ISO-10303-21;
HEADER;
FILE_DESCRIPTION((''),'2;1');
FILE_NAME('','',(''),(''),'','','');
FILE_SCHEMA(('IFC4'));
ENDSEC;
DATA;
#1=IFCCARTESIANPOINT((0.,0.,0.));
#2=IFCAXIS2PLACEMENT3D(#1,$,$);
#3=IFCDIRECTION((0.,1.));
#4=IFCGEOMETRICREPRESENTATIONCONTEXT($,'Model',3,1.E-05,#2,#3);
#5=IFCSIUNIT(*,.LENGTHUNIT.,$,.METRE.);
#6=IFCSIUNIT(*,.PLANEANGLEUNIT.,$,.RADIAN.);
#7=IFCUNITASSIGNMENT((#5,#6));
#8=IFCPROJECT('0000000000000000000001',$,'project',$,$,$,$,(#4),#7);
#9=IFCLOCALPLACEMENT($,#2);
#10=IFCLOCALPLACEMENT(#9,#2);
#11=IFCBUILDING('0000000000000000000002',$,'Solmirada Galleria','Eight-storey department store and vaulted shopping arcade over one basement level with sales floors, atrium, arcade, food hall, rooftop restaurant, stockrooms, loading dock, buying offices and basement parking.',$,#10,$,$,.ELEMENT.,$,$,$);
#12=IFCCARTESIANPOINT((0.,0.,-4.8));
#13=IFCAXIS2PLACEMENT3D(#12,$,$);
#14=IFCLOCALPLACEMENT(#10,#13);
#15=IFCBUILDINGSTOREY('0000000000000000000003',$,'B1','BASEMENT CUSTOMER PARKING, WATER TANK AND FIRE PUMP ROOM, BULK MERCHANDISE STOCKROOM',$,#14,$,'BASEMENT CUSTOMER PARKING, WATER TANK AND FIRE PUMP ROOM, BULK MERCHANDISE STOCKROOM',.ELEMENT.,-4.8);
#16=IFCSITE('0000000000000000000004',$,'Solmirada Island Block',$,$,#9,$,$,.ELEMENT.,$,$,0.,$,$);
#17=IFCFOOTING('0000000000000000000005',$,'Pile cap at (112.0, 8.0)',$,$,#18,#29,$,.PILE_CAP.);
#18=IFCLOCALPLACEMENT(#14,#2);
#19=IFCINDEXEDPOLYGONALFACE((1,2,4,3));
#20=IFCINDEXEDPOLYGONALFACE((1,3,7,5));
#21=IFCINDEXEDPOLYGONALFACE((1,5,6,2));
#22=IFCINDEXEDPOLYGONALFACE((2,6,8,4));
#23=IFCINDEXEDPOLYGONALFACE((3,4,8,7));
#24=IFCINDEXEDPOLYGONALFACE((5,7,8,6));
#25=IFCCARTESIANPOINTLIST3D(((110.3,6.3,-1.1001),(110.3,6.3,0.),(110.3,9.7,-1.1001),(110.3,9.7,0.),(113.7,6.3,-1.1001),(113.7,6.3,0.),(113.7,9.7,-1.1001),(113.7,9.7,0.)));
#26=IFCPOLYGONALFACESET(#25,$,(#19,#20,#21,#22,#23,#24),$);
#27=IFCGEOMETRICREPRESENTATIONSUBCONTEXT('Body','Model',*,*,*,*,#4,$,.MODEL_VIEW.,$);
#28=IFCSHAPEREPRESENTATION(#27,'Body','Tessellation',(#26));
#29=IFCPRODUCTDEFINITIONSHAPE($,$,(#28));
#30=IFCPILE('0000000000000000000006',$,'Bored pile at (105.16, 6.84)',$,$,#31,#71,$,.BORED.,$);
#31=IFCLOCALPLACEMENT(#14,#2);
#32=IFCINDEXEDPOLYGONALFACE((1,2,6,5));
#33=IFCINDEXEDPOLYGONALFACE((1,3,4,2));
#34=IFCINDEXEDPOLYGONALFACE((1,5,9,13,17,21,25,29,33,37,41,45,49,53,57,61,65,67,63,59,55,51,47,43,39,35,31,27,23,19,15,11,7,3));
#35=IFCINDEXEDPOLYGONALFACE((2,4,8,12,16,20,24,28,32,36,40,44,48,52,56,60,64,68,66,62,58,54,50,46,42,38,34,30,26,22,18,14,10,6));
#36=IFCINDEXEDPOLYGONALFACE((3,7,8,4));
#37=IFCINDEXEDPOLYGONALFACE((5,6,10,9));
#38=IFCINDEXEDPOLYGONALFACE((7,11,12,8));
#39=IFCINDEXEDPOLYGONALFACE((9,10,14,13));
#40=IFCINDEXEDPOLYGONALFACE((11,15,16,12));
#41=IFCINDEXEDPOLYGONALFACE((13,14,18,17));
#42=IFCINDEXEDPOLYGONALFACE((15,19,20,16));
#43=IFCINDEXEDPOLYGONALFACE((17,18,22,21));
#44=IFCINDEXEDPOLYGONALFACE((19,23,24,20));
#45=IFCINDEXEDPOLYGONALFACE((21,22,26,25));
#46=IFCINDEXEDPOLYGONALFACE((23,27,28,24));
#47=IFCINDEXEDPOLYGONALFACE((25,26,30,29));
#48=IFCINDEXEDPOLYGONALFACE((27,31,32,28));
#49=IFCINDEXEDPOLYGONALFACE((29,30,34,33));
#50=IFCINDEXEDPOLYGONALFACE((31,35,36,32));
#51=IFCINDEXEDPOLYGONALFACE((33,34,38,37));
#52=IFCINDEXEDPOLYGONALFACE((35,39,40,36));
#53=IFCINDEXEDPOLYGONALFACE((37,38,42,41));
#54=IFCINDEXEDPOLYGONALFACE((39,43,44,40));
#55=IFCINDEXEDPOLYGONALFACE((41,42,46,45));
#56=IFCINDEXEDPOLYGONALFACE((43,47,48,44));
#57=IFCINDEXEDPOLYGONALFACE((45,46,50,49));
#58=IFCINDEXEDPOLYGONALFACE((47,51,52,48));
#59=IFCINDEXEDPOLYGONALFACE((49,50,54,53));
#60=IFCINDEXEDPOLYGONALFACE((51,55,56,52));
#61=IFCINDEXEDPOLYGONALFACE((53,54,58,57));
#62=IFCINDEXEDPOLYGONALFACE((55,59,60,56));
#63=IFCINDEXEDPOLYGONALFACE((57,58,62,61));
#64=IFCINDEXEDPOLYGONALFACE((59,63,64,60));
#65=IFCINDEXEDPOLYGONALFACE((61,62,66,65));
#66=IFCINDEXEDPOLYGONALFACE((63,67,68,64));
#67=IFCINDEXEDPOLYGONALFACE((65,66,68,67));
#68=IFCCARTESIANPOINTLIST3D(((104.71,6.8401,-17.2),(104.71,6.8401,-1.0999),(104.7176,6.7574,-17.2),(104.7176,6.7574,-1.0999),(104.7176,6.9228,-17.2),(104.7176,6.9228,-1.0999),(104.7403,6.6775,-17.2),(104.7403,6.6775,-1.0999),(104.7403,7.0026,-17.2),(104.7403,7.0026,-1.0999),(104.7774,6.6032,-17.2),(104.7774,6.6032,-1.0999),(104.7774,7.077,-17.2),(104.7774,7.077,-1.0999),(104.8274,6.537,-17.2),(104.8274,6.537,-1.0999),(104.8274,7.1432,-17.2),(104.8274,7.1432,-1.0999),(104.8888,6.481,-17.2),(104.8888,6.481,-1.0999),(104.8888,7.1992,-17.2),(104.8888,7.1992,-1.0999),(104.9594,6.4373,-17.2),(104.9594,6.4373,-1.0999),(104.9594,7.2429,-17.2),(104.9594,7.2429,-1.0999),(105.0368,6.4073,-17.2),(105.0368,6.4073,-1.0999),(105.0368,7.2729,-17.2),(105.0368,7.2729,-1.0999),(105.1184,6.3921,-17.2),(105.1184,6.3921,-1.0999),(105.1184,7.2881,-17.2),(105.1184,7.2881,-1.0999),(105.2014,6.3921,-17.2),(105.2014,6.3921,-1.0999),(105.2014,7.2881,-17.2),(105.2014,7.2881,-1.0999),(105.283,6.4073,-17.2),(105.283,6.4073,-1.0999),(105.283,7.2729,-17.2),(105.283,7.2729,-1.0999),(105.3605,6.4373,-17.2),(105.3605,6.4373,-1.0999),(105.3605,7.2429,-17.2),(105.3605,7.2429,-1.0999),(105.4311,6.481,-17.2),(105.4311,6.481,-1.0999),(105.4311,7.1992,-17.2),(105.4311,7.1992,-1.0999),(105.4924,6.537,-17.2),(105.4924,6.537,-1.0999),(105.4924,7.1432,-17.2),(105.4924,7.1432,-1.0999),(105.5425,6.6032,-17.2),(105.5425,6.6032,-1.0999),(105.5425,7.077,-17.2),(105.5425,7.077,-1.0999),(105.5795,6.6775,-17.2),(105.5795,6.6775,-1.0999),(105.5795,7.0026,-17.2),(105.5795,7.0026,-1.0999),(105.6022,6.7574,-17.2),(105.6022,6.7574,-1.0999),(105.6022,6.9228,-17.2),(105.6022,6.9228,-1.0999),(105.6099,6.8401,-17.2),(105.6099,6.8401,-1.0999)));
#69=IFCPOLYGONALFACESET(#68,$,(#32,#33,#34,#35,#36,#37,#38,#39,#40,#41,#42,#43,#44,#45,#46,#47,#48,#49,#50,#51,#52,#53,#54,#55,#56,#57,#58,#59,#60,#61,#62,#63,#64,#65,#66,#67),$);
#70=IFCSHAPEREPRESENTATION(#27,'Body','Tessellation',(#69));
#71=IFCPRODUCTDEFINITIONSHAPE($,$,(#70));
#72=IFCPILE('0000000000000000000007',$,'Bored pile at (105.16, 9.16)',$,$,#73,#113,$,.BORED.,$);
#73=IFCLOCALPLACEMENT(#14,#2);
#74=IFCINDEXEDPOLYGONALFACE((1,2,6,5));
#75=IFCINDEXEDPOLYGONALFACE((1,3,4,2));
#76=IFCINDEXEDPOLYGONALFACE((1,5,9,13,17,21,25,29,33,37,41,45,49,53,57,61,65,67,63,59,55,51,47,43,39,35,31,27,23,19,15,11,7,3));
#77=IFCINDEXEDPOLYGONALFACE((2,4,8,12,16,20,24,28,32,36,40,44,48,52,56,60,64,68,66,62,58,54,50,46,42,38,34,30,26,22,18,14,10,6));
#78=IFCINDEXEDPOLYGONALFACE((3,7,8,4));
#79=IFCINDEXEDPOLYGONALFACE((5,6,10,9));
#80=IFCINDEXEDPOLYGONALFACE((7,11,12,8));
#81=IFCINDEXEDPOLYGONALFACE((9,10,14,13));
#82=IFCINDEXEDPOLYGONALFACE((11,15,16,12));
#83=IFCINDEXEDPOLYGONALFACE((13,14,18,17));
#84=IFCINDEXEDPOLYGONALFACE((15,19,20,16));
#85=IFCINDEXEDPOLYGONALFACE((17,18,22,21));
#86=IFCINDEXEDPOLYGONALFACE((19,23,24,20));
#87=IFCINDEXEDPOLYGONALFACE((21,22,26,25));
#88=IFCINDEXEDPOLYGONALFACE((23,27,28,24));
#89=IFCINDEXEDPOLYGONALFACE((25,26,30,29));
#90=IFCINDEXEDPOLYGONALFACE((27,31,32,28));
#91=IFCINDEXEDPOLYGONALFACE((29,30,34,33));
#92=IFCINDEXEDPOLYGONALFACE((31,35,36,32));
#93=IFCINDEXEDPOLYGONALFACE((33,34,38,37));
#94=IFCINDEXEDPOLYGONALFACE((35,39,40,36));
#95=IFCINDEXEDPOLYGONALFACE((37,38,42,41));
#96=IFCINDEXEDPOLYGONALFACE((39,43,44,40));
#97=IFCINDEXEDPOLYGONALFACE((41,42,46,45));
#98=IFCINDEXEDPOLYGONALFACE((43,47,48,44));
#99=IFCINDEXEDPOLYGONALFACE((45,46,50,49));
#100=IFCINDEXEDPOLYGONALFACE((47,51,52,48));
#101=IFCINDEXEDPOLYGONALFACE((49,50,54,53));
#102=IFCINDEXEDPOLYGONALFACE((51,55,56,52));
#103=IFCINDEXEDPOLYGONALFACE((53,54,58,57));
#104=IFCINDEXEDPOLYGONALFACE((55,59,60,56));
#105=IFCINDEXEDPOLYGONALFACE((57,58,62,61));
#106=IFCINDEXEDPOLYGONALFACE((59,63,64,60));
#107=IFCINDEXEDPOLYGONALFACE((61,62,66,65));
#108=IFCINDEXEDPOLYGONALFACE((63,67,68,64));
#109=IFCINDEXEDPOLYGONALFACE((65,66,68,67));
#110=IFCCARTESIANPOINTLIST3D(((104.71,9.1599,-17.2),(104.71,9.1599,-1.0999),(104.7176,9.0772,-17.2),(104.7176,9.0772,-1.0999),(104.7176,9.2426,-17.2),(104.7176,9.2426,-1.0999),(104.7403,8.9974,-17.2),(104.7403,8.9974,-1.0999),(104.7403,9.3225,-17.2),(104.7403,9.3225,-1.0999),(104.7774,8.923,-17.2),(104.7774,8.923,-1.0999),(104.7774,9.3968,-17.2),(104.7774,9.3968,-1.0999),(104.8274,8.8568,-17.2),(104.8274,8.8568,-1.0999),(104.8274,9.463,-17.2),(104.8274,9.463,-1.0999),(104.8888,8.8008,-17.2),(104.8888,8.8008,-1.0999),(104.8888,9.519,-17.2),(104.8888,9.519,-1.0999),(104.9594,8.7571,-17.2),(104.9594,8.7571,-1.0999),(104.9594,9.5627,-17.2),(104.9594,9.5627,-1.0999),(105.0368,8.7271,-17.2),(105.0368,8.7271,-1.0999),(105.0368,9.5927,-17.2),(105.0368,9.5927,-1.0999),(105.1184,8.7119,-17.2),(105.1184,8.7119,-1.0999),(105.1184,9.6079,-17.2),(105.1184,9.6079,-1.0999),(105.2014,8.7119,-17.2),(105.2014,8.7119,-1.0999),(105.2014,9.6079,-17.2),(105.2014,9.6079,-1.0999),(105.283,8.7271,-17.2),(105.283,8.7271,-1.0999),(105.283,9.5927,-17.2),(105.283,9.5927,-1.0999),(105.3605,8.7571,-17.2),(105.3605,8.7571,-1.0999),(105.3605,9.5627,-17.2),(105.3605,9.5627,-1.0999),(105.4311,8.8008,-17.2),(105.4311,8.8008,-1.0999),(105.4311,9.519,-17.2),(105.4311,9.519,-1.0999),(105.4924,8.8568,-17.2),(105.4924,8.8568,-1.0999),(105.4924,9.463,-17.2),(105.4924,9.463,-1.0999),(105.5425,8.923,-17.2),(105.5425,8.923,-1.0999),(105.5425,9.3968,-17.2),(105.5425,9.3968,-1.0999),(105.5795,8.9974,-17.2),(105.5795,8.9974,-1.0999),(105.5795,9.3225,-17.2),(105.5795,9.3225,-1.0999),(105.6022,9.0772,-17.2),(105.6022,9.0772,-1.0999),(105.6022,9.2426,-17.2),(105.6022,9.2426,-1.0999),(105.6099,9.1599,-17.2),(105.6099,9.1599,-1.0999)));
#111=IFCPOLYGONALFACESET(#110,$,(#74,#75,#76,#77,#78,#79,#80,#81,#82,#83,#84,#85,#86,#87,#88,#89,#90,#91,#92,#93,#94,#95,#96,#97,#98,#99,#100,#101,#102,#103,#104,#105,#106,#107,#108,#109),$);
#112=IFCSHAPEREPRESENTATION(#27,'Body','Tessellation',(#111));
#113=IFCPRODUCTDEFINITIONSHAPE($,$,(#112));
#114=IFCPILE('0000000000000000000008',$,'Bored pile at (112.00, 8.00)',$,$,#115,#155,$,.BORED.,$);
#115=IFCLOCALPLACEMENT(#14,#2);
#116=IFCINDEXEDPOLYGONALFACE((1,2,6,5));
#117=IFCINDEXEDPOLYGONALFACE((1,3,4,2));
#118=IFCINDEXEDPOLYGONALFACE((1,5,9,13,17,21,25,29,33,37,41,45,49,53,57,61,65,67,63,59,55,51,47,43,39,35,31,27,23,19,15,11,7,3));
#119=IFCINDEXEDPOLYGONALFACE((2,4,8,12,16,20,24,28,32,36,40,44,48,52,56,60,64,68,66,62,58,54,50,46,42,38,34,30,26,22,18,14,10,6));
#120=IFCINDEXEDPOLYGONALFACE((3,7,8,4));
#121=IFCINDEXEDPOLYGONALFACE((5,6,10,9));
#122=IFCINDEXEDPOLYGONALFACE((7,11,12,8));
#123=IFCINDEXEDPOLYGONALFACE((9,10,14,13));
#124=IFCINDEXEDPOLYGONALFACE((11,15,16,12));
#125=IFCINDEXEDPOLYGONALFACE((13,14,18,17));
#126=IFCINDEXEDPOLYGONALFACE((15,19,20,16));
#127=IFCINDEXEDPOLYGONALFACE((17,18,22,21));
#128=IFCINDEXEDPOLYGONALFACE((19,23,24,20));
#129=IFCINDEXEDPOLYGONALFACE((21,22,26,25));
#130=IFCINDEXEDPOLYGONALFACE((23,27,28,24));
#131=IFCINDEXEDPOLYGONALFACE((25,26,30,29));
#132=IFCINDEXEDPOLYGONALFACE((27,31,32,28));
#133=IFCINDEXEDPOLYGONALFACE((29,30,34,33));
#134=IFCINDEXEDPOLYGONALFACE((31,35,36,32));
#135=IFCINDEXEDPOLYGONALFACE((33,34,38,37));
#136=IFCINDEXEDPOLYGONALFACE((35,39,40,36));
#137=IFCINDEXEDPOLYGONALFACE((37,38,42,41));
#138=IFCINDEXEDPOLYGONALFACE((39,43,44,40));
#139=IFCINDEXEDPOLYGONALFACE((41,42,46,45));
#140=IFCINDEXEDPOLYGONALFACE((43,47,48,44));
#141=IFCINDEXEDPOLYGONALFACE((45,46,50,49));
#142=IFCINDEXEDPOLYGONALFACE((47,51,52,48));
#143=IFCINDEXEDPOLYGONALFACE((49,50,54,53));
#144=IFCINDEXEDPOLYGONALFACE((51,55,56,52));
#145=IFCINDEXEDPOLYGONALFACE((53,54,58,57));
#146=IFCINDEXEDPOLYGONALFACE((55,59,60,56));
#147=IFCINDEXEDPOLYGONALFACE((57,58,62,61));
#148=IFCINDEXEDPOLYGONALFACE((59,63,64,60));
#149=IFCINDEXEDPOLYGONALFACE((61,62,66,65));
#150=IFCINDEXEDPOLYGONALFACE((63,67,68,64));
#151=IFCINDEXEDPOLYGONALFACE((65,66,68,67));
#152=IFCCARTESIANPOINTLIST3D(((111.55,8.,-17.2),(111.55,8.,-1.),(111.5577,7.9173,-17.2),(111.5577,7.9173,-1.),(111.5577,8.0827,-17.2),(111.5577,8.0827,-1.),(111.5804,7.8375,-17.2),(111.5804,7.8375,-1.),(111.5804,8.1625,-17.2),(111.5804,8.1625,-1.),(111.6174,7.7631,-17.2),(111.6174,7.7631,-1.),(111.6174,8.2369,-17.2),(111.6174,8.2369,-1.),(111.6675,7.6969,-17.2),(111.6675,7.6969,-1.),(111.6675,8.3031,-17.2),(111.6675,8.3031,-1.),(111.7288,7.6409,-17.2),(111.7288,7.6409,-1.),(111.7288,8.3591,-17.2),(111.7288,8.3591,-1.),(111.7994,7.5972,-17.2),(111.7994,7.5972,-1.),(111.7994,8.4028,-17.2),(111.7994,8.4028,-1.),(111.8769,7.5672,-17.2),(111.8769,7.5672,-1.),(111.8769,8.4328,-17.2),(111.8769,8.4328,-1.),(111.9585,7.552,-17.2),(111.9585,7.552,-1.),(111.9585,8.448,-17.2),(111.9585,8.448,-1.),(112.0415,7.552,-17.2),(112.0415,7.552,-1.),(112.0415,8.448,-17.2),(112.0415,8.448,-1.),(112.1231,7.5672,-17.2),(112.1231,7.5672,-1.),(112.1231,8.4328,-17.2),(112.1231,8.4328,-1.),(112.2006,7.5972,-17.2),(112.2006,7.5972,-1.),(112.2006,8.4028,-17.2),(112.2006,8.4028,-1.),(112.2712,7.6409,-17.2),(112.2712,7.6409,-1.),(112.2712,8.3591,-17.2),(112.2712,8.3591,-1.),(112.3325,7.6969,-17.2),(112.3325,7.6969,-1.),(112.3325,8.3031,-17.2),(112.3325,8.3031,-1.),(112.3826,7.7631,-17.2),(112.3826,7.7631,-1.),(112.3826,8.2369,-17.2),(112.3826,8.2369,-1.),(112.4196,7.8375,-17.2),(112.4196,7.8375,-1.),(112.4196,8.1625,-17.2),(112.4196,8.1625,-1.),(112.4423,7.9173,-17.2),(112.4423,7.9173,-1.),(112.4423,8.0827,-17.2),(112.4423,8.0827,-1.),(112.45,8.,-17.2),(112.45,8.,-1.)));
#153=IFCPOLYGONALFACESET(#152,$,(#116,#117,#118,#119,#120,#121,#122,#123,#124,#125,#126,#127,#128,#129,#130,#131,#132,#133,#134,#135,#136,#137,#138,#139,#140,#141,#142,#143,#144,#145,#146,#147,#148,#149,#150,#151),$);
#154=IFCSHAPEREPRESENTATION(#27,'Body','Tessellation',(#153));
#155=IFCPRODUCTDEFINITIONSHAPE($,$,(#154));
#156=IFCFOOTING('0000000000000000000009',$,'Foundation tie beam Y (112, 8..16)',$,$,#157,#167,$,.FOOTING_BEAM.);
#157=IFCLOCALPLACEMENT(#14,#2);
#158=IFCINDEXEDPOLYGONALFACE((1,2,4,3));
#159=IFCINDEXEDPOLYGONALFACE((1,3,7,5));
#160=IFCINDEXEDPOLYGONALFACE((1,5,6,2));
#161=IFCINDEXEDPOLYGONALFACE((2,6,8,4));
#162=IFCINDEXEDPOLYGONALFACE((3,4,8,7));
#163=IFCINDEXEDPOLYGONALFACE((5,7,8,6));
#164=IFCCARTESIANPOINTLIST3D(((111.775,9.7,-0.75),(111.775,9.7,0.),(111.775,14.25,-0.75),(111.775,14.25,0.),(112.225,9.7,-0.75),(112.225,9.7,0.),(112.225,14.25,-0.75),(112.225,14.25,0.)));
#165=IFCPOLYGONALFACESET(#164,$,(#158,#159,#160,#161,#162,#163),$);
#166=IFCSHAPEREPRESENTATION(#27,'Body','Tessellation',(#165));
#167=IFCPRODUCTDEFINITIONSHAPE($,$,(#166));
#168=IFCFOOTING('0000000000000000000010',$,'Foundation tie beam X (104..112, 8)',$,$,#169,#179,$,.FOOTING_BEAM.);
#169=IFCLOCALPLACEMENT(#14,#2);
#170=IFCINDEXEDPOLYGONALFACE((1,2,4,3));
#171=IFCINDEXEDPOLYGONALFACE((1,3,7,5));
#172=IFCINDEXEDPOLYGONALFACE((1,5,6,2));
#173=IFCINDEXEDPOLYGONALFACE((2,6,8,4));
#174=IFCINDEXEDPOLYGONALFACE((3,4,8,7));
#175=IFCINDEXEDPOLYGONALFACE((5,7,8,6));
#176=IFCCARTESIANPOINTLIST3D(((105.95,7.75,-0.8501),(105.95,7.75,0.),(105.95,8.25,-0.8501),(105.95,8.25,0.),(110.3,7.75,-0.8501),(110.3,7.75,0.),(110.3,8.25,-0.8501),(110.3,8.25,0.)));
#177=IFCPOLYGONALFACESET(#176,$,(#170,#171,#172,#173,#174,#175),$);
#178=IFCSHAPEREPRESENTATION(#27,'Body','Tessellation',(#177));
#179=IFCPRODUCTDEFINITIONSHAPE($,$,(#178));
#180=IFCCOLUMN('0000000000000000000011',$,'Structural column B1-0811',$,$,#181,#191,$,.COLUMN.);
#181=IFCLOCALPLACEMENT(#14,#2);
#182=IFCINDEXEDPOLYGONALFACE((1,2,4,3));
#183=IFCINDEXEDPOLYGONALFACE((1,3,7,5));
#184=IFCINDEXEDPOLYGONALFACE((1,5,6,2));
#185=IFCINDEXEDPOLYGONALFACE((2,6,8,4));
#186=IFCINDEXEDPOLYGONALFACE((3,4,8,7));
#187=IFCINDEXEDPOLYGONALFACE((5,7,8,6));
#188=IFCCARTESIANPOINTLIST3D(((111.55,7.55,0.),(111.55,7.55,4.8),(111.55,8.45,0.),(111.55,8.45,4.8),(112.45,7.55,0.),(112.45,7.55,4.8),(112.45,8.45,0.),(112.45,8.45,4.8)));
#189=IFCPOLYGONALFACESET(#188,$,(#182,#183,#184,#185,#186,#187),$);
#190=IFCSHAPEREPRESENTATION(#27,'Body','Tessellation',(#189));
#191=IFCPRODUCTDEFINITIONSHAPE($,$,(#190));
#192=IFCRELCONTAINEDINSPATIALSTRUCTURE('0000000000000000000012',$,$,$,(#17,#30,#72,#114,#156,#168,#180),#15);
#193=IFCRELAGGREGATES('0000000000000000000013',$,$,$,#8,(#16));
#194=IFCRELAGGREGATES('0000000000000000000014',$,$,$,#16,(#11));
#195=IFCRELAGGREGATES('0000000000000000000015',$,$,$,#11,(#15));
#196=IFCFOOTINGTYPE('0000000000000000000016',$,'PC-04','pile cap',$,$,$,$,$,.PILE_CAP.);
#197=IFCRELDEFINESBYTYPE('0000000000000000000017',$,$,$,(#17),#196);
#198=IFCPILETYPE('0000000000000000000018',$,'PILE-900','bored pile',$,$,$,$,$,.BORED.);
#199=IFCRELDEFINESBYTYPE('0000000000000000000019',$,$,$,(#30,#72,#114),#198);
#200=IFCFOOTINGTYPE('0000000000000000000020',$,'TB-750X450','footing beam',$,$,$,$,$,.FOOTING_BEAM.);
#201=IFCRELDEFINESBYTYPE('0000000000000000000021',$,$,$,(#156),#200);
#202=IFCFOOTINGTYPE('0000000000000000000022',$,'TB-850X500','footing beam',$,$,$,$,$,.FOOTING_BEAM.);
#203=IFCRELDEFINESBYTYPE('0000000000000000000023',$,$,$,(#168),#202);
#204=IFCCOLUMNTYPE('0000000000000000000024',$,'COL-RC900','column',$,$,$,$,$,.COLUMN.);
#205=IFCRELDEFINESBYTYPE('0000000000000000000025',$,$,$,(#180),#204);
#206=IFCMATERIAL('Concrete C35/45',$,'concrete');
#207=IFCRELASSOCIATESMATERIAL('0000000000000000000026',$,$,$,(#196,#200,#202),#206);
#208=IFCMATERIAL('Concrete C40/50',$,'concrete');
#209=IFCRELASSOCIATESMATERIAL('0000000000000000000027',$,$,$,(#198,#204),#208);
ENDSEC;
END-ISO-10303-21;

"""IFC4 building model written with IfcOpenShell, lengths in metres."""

from ifc_helpers import new_model, si_unit, direction, frame, origin, origin_2d, place, context, subcontext, project, spatial, rectangle, circle, extrude, material, material_profile, profile_set, type_object, element, save


model = new_model("IFC4")

# Units and contexts
model_context = context("Model", 3, precision=1e-05, world=origin(), true_north=direction((0.0, 1.0)))
body_context = subcontext(model_context, "Body", "Model", "MODEL_VIEW")
ifc_project = project(units=[si_unit("LENGTHUNIT", "METRE"), si_unit("PLANEANGLEUNIT", "RADIAN")], contexts=[model_context])

# Site, building, storey
site_placement = place(None, origin())
site = spatial("IfcSite", under=ifc_project, at=site_placement, Name="Solmirada Island Block", CompositionType="ELEMENT", RefElevation=0.0)
building_placement = place(site_placement, origin())
building = spatial("IfcBuilding", under=site, at=building_placement, Name="Solmirada Galleria", Description="Eight-storey department store and vaulted shopping arcade over one basement level with sales floors, atrium, arcade, food hall, rooftop restaurant, stockrooms, loading dock, buying offices and basement parking.", CompositionType="ELEMENT")
storey_placement = place(building_placement, frame((0.0, 0.0, -4.8)))
storey = spatial("IfcBuildingStorey", under=building, at=storey_placement, Name="B1", Description="BASEMENT CUSTOMER PARKING, WATER TANK AND FIRE PUMP ROOM, BULK MERCHANDISE STOCKROOM", LongName="BASEMENT CUSTOMER PARKING, WATER TANK AND FIRE PUMP ROOM, BULK MERCHANDISE STOCKROOM", CompositionType="ELEMENT", Elevation=-4.8)

# Footing
ifc_material_1 = material(Name="Concrete C35/45", Category="concrete")
footing_type_1 = type_object("IfcFootingType", Name="PC-04", Description="pile cap", PredefinedType="PILE_CAP", material=ifc_material_1)
footing_1_placement = place(storey_placement, frame((112.0, 8.0, -1.1001), z_axis=(0.0, 0.0, 1.0), x_axis=(1.0, 0.0, 0.0)))
element("IfcFooting", 1, at=footing_1_placement, inside=storey, type_object=footing_type_1, Name="Pile cap at (112.0, 8.0)", PredefinedType="PILE_CAP", context=body_context, shape_type="SweptSolid", body=[
    extrude(rectangle(XDim=3.3999, YDim=3.3999, at=origin_2d()), origin(), (0.0, 0.0, 1.0), 1.1001),
])

# Piles
ifc_material_2 = material(Name="Concrete C40/50", Category="concrete")
ifc_material_profile_1 = material_profile(ifc_material_2, circle(Radius=0.45, at=origin_2d()), Name="PILE900")
ifc_profile_set_1 = profile_set([ifc_material_profile_1], Name="Concrete C40/50")
pile_type = type_object("IfcPileType", Name="PILE-900", Description="bored pile", PredefinedType="BORED", material=ifc_profile_set_1)
for number, where, z_axis, x_axis, name in (
    (2, (105.1599, 6.8401, -1.0999), (0.0, 0.0, -1.0), (1.0, 0.0, 0.0), "Bored pile at (105.16, 6.84)"),
    (3, (105.1599, 9.1599, -1.0999), (0.0, 0.0, -1.0), (1.0, 0.0, 0.0), "Bored pile at (105.16, 9.16)"),
):
    element("IfcPile", number, at=place(storey_placement, frame(where, z_axis=z_axis, x_axis=x_axis)), inside=storey, type_object=pile_type, Name=name, PredefinedType="BORED", context=body_context, shape_type="SweptSolid", body=[
        extrude(circle(Radius=0.45, at=origin_2d()), origin(), (0.0, 0.0, 1.0), 16.1001),
    ])
pile_placement = place(storey_placement, frame((112.0, 8.0, -1.0), z_axis=(0.0, 0.0, -1.0), x_axis=(1.0, 0.0, 0.0)))
element("IfcPile", 4, at=pile_placement, inside=storey, type_object=pile_type, Name="Bored pile at (112.00, 8.00)", PredefinedType="BORED", context=body_context, shape_type="SweptSolid", body=[
    extrude(circle(Radius=0.45, at=origin_2d()), origin(), (0.0, 0.0, 1.0), 16.2),
])

# Footings
ifc_material_profile_2 = material_profile(ifc_material_1, rectangle(XDim=0.45, YDim=0.75, at=origin_2d()), Name="RC750X450")
ifc_profile_set_2 = profile_set([ifc_material_profile_2], Name="Concrete C35/45")
footing_type_2 = type_object("IfcFootingType", Name="TB-750X450", Description="footing beam", PredefinedType="FOOTING_BEAM", material=ifc_profile_set_2)
footing_2_placement = place(storey_placement, frame((112.0, 9.7, -0.375), z_axis=(0.0, 1.0, 0.0), x_axis=(-1.0, 0.0, 0.0)))
element("IfcFooting", 5, at=footing_2_placement, inside=storey, type_object=footing_type_2, Name="Foundation tie beam Y (112, 8..16)", PredefinedType="FOOTING_BEAM", context=body_context, shape_type="SweptSolid", body=[
    extrude(rectangle(XDim=0.45, YDim=0.75, at=origin_2d()), origin(), (0.0, 0.0, 1.0), 4.55),
])
ifc_material_profile_3 = material_profile(ifc_material_1, rectangle(XDim=0.5, YDim=0.8501, at=origin_2d()), Name="RC850X500")
ifc_profile_set_3 = profile_set([ifc_material_profile_3], Name="Concrete C35/45")
footing_type_3 = type_object("IfcFootingType", Name="TB-850X500", Description="footing beam", PredefinedType="FOOTING_BEAM", material=ifc_profile_set_3)
footing_3_placement = place(storey_placement, frame((105.95, 8.0, -0.425), z_axis=(1.0, 0.0, 0.0), x_axis=(0.0, 1.0, 0.0)))
element("IfcFooting", 6, at=footing_3_placement, inside=storey, type_object=footing_type_3, Name="Foundation tie beam X (104..112, 8)", PredefinedType="FOOTING_BEAM", context=body_context, shape_type="SweptSolid", body=[
    extrude(rectangle(XDim=0.5, YDim=0.8501, at=origin_2d()), origin(), (0.0, 0.0, 1.0), 4.3501),
])

# Column
ifc_material_profile_4 = material_profile(ifc_material_2, rectangle(XDim=0.8999, YDim=0.8999, at=origin_2d()), Name="RC900X900")
ifc_profile_set_4 = profile_set([ifc_material_profile_4], Name="Concrete C40/50")
column_type = type_object("IfcColumnType", Name="COL-RC900", Description="column", PredefinedType="COLUMN", material=ifc_profile_set_4)
column_placement = place(storey_placement, frame((112.0, 8.0, 0.0), z_axis=(0.0, 0.0, 1.0), x_axis=(1.0, 0.0, 0.0)))
element("IfcColumn", 7, at=column_placement, inside=storey, type_object=column_type, Name="Structural column B1-0811", PredefinedType="COLUMN", context=body_context, shape_type="SweptSolid", body=[
    extrude(rectangle(XDim=0.8999, YDim=0.8999, at=origin_2d()), origin(), (0.0, 0.0, 1.0), 4.8),
])

save(model, "model.ifc")
